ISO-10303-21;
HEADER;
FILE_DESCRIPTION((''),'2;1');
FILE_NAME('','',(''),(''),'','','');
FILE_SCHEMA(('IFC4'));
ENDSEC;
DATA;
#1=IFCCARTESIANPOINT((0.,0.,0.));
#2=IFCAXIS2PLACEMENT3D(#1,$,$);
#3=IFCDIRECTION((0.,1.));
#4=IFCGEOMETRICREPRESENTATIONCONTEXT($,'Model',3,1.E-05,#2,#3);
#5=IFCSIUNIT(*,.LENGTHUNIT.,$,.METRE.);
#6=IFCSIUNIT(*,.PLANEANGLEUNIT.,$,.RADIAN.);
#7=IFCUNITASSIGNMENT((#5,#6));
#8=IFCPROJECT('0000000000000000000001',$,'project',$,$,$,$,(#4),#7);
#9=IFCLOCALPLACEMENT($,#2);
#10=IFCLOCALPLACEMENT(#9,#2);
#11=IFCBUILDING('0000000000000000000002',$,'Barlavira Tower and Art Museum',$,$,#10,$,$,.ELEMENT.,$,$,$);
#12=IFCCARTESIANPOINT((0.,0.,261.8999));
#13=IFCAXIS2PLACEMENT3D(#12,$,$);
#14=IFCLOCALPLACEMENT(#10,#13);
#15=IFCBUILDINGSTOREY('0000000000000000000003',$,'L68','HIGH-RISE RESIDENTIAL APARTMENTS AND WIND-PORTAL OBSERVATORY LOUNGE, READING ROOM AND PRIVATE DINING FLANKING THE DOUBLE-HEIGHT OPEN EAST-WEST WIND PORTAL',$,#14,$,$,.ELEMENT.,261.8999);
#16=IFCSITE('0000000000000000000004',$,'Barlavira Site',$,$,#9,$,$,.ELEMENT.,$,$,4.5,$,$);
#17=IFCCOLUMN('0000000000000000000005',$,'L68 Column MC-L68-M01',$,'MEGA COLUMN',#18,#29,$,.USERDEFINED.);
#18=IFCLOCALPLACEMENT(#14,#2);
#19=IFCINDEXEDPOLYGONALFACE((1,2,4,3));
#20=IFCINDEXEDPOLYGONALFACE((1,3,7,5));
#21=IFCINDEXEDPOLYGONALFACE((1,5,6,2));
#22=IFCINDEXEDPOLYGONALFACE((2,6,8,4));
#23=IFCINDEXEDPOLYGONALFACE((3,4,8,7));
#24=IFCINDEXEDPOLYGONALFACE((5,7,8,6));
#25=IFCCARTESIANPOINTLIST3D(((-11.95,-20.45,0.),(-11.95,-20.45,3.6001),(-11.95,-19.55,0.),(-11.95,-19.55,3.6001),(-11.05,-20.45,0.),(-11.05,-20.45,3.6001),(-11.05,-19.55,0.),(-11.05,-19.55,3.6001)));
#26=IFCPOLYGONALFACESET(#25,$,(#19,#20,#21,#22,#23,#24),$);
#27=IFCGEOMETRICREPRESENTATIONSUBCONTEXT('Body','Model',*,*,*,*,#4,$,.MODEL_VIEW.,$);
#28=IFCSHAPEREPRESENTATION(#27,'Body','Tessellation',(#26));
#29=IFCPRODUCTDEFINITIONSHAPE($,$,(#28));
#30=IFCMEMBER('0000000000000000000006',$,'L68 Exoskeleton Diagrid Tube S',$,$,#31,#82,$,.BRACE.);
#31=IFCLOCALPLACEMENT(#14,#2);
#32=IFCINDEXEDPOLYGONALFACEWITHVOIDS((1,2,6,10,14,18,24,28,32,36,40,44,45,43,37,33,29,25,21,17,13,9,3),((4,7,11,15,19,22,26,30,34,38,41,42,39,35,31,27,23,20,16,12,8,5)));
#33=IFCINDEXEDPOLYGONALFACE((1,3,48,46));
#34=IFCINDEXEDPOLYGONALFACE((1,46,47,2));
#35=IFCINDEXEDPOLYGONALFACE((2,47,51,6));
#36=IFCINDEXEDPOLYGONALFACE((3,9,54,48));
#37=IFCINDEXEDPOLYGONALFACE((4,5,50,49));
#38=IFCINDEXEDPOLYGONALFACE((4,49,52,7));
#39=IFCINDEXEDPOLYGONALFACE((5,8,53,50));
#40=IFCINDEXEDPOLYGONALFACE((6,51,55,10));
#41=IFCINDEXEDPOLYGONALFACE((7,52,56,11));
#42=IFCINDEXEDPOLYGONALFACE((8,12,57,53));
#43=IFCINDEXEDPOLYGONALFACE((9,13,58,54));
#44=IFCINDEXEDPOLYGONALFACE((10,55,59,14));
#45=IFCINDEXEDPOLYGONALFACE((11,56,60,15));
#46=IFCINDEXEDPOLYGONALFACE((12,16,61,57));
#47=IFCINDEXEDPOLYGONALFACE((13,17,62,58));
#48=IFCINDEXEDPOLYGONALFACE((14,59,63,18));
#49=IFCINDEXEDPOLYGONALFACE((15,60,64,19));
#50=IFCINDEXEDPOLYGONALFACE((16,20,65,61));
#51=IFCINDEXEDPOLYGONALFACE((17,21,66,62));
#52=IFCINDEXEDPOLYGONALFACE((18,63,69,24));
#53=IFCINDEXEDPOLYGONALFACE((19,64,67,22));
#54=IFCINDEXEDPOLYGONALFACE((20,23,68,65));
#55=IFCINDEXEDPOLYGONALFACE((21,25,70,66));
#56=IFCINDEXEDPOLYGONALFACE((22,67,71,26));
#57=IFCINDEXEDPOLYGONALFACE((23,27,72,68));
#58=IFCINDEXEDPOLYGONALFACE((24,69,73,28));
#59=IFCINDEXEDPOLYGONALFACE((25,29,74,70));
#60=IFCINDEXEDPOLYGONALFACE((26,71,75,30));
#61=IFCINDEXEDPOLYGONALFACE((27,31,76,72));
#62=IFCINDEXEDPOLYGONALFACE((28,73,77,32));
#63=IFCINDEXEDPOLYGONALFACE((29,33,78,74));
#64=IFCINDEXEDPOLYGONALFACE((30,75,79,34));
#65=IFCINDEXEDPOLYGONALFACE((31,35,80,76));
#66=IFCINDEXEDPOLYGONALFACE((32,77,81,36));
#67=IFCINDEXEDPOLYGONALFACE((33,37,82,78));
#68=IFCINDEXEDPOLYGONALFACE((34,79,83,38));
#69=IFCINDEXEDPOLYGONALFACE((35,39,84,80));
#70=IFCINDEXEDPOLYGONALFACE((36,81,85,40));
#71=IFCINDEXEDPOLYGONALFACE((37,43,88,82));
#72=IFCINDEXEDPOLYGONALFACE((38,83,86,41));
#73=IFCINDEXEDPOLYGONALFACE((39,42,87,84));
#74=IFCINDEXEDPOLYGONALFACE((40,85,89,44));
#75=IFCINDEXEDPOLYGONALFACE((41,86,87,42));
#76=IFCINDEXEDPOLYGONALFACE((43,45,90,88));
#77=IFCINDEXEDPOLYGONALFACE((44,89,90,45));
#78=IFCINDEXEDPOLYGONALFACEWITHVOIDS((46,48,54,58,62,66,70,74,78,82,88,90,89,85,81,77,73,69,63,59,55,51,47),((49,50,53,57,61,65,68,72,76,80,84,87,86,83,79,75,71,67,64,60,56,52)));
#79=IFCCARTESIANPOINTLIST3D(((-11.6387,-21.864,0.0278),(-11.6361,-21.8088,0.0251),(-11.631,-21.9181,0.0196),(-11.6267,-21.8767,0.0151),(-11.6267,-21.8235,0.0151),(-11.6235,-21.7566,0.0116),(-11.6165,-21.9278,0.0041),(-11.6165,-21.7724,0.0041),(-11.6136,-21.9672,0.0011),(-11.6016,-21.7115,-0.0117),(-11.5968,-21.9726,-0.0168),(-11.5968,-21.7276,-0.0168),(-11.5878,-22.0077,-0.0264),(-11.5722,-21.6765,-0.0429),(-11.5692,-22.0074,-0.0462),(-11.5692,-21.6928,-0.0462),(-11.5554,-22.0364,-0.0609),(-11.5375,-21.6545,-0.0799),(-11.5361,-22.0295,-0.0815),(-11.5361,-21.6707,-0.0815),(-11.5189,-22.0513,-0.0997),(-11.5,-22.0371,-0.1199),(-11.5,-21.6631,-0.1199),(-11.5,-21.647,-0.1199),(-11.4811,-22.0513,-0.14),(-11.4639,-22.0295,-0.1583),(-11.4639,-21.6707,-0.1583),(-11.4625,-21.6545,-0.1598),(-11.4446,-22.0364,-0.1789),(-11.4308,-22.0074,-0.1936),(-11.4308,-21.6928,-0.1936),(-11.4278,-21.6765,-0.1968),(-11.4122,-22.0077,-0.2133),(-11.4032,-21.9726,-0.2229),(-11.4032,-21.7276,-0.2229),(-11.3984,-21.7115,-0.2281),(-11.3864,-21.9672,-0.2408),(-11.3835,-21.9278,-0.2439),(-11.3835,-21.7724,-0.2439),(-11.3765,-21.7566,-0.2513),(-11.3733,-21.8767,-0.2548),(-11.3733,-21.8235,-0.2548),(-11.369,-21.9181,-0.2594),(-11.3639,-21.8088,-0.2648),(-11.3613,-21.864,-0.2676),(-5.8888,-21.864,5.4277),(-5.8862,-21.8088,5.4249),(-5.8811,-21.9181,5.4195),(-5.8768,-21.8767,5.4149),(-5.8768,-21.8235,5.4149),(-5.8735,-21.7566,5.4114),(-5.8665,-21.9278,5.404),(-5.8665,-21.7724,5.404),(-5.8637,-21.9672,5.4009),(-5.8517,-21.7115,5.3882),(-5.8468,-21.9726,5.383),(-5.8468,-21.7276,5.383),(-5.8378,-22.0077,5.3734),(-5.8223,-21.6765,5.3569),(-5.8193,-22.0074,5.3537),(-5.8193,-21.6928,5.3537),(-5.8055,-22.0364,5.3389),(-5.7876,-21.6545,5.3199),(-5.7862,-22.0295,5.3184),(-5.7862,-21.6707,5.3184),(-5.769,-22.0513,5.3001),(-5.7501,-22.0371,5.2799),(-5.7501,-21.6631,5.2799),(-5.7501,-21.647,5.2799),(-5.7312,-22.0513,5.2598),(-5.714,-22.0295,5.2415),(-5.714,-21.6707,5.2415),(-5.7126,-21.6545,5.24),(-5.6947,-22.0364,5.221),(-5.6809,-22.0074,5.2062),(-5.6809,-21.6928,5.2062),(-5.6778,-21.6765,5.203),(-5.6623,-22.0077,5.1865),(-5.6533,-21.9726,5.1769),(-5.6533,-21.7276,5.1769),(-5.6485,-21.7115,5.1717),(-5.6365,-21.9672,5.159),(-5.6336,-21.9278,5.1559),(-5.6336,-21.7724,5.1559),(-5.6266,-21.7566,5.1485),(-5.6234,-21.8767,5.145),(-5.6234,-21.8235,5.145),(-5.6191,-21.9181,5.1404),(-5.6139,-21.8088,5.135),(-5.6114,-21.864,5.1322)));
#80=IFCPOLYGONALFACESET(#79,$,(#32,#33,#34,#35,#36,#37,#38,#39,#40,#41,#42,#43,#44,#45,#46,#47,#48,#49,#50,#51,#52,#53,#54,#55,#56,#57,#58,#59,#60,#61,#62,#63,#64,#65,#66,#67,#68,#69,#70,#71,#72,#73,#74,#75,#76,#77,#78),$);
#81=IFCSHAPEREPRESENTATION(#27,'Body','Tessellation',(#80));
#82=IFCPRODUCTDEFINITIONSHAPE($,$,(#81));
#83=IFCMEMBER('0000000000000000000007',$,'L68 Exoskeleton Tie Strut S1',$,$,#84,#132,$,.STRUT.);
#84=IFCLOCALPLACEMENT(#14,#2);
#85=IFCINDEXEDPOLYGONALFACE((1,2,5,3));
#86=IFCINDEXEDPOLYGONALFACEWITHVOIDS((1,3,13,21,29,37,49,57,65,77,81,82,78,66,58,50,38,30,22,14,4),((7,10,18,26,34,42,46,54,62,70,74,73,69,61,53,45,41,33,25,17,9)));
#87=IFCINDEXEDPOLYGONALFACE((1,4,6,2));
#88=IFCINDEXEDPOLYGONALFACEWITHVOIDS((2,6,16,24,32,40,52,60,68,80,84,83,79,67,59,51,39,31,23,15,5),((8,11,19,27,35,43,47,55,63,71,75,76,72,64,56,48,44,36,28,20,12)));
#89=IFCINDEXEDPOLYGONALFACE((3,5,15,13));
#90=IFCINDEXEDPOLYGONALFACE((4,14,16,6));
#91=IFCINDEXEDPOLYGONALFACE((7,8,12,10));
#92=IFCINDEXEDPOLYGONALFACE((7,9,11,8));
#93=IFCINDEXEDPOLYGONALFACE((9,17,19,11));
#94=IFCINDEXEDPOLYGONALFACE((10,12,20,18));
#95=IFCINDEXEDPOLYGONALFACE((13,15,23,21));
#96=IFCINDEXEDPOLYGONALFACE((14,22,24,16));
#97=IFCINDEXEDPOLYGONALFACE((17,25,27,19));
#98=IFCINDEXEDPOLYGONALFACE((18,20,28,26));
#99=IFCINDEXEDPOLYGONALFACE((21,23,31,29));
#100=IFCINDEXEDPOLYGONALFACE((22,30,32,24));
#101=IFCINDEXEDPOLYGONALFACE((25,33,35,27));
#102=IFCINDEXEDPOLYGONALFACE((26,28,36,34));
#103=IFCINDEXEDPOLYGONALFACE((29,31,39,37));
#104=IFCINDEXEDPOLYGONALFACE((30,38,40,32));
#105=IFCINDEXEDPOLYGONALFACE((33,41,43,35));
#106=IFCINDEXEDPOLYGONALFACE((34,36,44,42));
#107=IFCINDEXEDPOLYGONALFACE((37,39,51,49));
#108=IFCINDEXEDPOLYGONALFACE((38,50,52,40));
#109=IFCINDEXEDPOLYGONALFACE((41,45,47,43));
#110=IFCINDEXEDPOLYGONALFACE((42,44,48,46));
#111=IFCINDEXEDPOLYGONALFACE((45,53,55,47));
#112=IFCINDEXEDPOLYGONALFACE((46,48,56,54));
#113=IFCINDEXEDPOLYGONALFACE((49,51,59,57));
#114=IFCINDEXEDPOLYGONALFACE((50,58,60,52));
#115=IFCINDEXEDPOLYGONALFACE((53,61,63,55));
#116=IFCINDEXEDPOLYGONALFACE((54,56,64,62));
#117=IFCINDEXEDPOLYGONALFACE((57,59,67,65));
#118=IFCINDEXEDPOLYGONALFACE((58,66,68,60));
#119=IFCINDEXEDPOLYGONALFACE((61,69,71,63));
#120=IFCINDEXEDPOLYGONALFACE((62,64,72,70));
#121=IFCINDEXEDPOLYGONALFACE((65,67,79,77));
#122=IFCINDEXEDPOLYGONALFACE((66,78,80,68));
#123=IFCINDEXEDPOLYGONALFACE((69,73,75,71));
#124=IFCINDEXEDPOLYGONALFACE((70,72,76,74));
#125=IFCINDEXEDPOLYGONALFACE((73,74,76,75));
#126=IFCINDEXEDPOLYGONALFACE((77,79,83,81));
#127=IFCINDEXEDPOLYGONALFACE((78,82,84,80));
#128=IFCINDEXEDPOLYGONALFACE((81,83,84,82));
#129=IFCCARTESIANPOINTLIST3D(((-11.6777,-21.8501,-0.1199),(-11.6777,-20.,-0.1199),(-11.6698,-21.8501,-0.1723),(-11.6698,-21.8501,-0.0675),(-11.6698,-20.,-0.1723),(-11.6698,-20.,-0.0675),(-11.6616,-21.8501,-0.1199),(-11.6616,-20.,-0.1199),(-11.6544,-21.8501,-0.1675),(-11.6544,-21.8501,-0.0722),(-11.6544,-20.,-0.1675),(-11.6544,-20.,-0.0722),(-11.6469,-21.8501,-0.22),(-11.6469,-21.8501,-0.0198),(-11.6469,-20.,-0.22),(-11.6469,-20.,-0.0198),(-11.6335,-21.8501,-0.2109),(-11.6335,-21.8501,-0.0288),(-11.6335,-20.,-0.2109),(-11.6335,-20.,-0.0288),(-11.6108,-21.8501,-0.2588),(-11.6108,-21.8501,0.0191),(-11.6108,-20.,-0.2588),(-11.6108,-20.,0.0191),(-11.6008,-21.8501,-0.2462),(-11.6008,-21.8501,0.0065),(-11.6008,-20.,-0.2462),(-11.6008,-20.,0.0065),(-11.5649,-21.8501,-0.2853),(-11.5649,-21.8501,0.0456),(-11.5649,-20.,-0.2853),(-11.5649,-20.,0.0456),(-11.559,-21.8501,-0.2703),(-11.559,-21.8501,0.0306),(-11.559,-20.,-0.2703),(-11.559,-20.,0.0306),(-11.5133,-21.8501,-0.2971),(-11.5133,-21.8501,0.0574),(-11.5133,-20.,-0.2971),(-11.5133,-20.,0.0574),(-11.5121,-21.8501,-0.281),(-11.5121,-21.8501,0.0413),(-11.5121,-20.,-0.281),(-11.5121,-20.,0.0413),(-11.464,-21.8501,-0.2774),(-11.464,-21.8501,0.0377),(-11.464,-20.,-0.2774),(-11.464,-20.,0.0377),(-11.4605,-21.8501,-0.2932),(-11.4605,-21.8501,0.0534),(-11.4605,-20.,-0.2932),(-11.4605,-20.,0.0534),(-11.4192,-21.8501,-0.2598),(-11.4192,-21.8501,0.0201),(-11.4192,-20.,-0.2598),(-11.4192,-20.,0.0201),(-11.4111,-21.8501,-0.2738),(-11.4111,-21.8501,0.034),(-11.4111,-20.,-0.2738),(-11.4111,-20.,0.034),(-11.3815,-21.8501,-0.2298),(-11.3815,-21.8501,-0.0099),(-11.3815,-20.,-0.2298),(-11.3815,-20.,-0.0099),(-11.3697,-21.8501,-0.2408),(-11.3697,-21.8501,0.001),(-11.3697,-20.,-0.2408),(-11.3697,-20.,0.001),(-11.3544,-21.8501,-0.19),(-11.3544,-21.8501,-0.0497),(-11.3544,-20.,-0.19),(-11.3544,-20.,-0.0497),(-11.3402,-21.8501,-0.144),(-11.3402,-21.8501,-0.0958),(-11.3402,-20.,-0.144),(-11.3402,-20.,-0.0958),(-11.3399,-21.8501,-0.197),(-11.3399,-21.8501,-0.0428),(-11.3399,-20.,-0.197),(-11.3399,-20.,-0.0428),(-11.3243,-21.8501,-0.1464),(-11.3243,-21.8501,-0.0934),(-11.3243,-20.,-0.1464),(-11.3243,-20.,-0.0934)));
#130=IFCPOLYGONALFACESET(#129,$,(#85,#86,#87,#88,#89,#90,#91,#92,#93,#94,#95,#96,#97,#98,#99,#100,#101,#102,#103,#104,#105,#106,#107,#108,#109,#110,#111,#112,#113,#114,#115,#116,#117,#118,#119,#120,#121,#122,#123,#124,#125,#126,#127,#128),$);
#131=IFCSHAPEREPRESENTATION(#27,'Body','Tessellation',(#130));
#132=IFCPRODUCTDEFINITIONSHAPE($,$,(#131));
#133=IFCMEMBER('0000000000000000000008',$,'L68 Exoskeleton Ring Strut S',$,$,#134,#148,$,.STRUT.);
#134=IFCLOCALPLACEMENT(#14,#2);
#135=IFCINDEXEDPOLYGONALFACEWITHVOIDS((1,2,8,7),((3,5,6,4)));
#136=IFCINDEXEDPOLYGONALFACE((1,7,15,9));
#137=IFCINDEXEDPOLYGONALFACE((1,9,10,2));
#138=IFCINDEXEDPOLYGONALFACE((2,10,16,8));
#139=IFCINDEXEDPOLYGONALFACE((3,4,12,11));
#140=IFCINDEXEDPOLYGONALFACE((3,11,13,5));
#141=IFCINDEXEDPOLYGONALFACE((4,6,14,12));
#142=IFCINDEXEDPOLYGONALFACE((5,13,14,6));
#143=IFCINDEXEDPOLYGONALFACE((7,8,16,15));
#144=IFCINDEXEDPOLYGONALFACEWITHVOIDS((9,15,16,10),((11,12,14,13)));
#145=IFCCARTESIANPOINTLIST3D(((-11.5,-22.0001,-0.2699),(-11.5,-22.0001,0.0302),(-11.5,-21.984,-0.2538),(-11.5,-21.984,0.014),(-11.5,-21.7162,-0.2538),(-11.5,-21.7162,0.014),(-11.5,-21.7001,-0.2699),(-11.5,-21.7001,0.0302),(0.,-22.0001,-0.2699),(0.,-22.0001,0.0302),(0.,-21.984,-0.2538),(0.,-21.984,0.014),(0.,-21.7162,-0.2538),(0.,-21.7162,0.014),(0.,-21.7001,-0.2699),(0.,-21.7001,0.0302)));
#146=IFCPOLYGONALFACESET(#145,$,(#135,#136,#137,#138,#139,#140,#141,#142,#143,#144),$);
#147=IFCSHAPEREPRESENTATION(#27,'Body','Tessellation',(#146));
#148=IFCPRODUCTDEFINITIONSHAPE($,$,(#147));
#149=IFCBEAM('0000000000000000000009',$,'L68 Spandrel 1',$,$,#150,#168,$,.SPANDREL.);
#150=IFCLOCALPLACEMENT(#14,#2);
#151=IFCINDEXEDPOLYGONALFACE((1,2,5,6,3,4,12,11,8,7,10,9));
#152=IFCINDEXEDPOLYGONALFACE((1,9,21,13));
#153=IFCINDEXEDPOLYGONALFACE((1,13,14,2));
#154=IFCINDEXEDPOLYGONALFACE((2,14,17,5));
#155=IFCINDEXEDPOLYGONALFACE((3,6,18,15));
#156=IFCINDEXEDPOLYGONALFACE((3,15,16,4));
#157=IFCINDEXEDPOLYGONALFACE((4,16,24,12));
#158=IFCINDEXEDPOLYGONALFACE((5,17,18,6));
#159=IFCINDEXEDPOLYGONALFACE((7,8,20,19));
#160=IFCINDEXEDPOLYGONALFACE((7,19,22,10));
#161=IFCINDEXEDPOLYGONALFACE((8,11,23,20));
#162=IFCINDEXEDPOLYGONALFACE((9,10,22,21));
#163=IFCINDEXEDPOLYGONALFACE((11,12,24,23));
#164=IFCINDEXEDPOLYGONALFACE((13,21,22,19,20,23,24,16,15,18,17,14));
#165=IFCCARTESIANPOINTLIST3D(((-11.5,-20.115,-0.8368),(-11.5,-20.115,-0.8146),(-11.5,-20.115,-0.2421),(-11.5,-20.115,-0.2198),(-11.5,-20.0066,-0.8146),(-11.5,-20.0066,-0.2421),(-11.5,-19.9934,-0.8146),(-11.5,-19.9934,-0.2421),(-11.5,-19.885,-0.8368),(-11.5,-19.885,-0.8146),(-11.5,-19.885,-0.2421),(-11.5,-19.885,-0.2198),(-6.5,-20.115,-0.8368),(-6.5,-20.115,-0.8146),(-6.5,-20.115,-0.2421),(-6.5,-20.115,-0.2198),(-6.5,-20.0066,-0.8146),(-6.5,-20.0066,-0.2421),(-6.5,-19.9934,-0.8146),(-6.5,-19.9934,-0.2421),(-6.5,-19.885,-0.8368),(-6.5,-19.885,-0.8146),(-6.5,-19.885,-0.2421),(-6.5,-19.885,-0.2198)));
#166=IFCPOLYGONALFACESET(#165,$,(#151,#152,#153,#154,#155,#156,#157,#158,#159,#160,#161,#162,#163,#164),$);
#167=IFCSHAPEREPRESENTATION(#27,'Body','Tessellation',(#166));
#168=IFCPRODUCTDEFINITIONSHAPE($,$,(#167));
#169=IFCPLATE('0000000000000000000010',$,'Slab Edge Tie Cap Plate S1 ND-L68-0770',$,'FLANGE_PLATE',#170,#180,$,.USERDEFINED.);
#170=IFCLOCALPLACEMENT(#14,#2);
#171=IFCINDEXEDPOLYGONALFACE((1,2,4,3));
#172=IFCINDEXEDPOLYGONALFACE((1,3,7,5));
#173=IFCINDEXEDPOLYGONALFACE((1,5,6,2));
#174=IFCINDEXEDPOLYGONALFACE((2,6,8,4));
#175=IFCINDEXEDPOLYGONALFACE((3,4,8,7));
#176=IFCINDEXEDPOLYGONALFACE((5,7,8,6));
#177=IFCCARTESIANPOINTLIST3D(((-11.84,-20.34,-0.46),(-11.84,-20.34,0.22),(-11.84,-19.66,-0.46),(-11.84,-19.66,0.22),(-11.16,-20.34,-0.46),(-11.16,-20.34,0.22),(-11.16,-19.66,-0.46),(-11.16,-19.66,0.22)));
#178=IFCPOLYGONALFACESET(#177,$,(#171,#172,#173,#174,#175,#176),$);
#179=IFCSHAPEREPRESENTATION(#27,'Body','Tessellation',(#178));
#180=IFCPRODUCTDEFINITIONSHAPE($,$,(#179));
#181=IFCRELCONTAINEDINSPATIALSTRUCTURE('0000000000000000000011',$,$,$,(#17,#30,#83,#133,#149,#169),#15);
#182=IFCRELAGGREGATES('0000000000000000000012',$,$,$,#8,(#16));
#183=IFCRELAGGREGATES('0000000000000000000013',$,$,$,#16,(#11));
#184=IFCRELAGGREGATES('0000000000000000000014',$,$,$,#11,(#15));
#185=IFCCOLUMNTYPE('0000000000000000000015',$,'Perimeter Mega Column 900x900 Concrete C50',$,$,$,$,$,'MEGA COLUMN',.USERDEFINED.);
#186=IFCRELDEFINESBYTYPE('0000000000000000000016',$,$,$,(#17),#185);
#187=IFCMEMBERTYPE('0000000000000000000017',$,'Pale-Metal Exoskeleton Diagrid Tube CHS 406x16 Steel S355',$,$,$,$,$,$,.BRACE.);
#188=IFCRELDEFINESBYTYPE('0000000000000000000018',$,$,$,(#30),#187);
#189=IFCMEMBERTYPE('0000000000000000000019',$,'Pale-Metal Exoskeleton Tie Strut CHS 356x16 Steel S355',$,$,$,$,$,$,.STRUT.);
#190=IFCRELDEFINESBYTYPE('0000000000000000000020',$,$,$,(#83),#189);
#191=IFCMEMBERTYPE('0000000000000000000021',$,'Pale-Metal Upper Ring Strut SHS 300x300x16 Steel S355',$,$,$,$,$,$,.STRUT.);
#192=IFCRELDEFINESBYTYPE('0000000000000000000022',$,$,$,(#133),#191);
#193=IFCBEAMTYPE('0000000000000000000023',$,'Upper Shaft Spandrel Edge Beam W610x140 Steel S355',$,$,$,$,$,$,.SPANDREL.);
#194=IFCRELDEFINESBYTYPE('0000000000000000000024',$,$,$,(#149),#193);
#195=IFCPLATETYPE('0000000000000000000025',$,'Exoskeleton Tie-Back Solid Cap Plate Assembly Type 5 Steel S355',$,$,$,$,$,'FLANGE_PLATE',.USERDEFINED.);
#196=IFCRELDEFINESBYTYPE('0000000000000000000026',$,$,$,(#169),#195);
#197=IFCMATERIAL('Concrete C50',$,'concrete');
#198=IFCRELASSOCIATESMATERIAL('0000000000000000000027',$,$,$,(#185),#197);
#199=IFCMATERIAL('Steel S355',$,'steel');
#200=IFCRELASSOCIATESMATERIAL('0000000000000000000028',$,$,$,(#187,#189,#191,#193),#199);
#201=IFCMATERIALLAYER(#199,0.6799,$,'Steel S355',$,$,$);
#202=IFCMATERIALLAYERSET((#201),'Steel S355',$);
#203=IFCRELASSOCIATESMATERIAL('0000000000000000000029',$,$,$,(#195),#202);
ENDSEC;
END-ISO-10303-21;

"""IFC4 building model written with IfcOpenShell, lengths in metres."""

from ifc_helpers import new_model, si_unit, direction, frame, origin, origin_2d, place, context, subcontext, project, spatial, rectangle, hollow_rectangle, hollow_circle, i_section, extrude, material, layer, layer_set, material_profile, profile_set, type_object, element, save


model = new_model("IFC4")

# Units and contexts
model_context = context("Model", 3, precision=1e-05, world=origin(), true_north=direction((0.0, 1.0)))
body_context = subcontext(model_context, "Body", "Model", "MODEL_VIEW")
ifc_project = project(units=[si_unit("LENGTHUNIT", "METRE"), si_unit("PLANEANGLEUNIT", "RADIAN")], contexts=[model_context])

# Site, building, storey
site_placement = place(None, origin())
site = spatial("IfcSite", under=ifc_project, at=site_placement, Name="Barlavira Site", CompositionType="ELEMENT", RefElevation=4.5)
building_placement = place(site_placement, origin())
building = spatial("IfcBuilding", under=site, at=building_placement, Name="Barlavira Tower and Art Museum", CompositionType="ELEMENT")
storey_placement = place(building_placement, frame((0.0, 0.0, 261.8999)))
storey = spatial("IfcBuildingStorey", under=building, at=storey_placement, Name="L68", Description="HIGH-RISE RESIDENTIAL APARTMENTS AND WIND-PORTAL OBSERVATORY LOUNGE, READING ROOM AND PRIVATE DINING FLANKING THE DOUBLE-HEIGHT OPEN EAST-WEST WIND PORTAL", CompositionType="ELEMENT", Elevation=261.8999)

# Column
ifc_material_1 = material(Name="Concrete C50", Category="concrete")
ifc_material_profile_1 = material_profile(ifc_material_1, rectangle(XDim=0.8999, YDim=0.8999, at=origin_2d()), Name="RC-COL 900x900")
ifc_profile_set_1 = profile_set([ifc_material_profile_1], Name="Concrete C50")
column_type = type_object("IfcColumnType", Name="Perimeter Mega Column 900x900 Concrete C50", ElementType="MEGA COLUMN", PredefinedType="USERDEFINED", material=ifc_profile_set_1)
column_placement = place(storey_placement, frame((-11.5, -20.0, 0.0), z_axis=(0.0, 0.0, 1.0), x_axis=(1.0, 0.0, 0.0)))
element("IfcColumn", 1, at=column_placement, inside=storey, type_object=column_type, Name="L68 Column MC-L68-M01", ObjectType="MEGA COLUMN", PredefinedType="USERDEFINED", context=body_context, shape_type="SweptSolid", body=[
    extrude(rectangle(XDim=0.8999, YDim=0.8999, at=origin_2d()), origin(), (0.0, 0.0, 1.0), 3.6001),
])

# Members
ifc_material_2 = material(Name="Steel S355", Category="steel")
ifc_material_profile_2 = material_profile(ifc_material_2, hollow_circle(Radius=0.2031, WallThickness=0.0161, at=origin_2d()), Name="CHS 406.4x16.0")
ifc_profile_set_2 = profile_set([ifc_material_profile_2], Name="Steel S355")
member_type_1 = type_object("IfcMemberType", Name="Pale-Metal Exoskeleton Diagrid Tube CHS 406x16 Steel S355", PredefinedType="BRACE", material=ifc_profile_set_2)
member_1_placement = place(storey_placement, frame((-11.5, -21.8501, -0.1199), z_axis=(0.72895, 0.0, 0.684567), x_axis=(0.0, 1.0, 0.0)))
element("IfcMember", 2, at=member_1_placement, inside=storey, type_object=member_type_1, Name="L68 Exoskeleton Diagrid Tube S", PredefinedType="BRACE", context=body_context, shape_type="SweptSolid", body=[
    extrude(hollow_circle(Radius=0.2031, WallThickness=0.0161, at=origin_2d()), origin(), (0.0, 0.0, 1.0), 7.8879),
])
ifc_material_profile_3 = material_profile(ifc_material_2, hollow_circle(Radius=0.1777, WallThickness=0.0161, at=origin_2d()), Name="CHS 355.6x16.0")
ifc_profile_set_3 = profile_set([ifc_material_profile_3], Name="Steel S355")
member_type_2 = type_object("IfcMemberType", Name="Pale-Metal Exoskeleton Tie Strut CHS 356x16 Steel S355", PredefinedType="STRUT", material=ifc_profile_set_3)
member_2_placement = place(storey_placement, frame((-11.5, -21.8501, -0.1199), z_axis=(0.0, 1.0, 0.0), x_axis=(-1.0, 0.0, 0.0)))
element("IfcMember", 3, at=member_2_placement, inside=storey, type_object=member_type_2, Name="L68 Exoskeleton Tie Strut S1", PredefinedType="STRUT", context=body_context, shape_type="SweptSolid", body=[
    extrude(hollow_circle(Radius=0.1777, WallThickness=0.0161, at=origin_2d()), origin(), (0.0, 0.0, 1.0), 1.8501),
])
ifc_material_profile_4 = material_profile(ifc_material_2, hollow_rectangle(XDim=0.3, YDim=0.3, WallThickness=0.0161, at=origin_2d()), Name="SHS 300x300x16.0")
ifc_profile_set_4 = profile_set([ifc_material_profile_4], Name="Steel S355")
member_type_3 = type_object("IfcMemberType", Name="Pale-Metal Upper Ring Strut SHS 300x300x16 Steel S355", PredefinedType="STRUT", material=ifc_profile_set_4)
member_3_placement = place(storey_placement, frame((-11.5, -21.8501, -0.1199), z_axis=(1.0, 0.0, 0.0), x_axis=(0.0, 1.0, 0.0)))
element("IfcMember", 4, at=member_3_placement, inside=storey, type_object=member_type_3, Name="L68 Exoskeleton Ring Strut S", PredefinedType="STRUT", context=body_context, shape_type="SweptSolid", body=[
    extrude(hollow_rectangle(XDim=0.3, YDim=0.3, WallThickness=0.0161, at=origin_2d()), origin(), (0.0, 0.0, 1.0), 11.5),
])

# Beam
ifc_material_profile_5 = material_profile(ifc_material_2, i_section(OverallWidth=0.23, OverallDepth=0.6169, WebThickness=0.0132, FlangeThickness=0.0222, at=origin_2d()), Name="W610x140.0")
ifc_profile_set_5 = profile_set([ifc_material_profile_5], Name="Steel S355")
beam_type = type_object("IfcBeamType", Name="Upper Shaft Spandrel Edge Beam W610x140 Steel S355", PredefinedType="SPANDREL", material=ifc_profile_set_5)
beam_placement = place(storey_placement, frame((-11.5, -20.0, -0.5283), z_axis=(1.0, 0.0, 0.0), x_axis=(0.0, 1.0, 0.0)))
element("IfcBeam", 5, at=beam_placement, inside=storey, type_object=beam_type, Name="L68 Spandrel 1", PredefinedType="SPANDREL", context=body_context, shape_type="SweptSolid", body=[
    extrude(i_section(OverallWidth=0.23, OverallDepth=0.6169, WebThickness=0.0132, FlangeThickness=0.0222, at=origin_2d()), origin(), (0.0, 0.0, 1.0), 5.0),
])

# Plate
ifc_layer_1 = layer(ifc_material_2, 0.6799, Name="Steel S355")
ifc_layer_set_1 = layer_set([ifc_layer_1], Name="Steel S355")
plate_type = type_object("IfcPlateType", Name="Exoskeleton Tie-Back Solid Cap Plate Assembly Type 5 Steel S355", ElementType="FLANGE_PLATE", PredefinedType="USERDEFINED", material=ifc_layer_set_1)
plate_placement = place(storey_placement, frame((-11.5, -20.0, -0.46), z_axis=(0.0, 0.0, 1.0), x_axis=(1.0, 0.0, 0.0)))
element("IfcPlate", 6, at=plate_placement, inside=storey, type_object=plate_type, Name="Slab Edge Tie Cap Plate S1 ND-L68-0770", ObjectType="FLANGE_PLATE", PredefinedType="USERDEFINED", context=body_context, shape_type="SweptSolid", body=[
    extrude(rectangle(XDim=0.6799, YDim=0.6799, at=origin_2d()), origin(), (0.0, 0.0, 1.0), 0.6799),
])

save(model, "model.ifc")
